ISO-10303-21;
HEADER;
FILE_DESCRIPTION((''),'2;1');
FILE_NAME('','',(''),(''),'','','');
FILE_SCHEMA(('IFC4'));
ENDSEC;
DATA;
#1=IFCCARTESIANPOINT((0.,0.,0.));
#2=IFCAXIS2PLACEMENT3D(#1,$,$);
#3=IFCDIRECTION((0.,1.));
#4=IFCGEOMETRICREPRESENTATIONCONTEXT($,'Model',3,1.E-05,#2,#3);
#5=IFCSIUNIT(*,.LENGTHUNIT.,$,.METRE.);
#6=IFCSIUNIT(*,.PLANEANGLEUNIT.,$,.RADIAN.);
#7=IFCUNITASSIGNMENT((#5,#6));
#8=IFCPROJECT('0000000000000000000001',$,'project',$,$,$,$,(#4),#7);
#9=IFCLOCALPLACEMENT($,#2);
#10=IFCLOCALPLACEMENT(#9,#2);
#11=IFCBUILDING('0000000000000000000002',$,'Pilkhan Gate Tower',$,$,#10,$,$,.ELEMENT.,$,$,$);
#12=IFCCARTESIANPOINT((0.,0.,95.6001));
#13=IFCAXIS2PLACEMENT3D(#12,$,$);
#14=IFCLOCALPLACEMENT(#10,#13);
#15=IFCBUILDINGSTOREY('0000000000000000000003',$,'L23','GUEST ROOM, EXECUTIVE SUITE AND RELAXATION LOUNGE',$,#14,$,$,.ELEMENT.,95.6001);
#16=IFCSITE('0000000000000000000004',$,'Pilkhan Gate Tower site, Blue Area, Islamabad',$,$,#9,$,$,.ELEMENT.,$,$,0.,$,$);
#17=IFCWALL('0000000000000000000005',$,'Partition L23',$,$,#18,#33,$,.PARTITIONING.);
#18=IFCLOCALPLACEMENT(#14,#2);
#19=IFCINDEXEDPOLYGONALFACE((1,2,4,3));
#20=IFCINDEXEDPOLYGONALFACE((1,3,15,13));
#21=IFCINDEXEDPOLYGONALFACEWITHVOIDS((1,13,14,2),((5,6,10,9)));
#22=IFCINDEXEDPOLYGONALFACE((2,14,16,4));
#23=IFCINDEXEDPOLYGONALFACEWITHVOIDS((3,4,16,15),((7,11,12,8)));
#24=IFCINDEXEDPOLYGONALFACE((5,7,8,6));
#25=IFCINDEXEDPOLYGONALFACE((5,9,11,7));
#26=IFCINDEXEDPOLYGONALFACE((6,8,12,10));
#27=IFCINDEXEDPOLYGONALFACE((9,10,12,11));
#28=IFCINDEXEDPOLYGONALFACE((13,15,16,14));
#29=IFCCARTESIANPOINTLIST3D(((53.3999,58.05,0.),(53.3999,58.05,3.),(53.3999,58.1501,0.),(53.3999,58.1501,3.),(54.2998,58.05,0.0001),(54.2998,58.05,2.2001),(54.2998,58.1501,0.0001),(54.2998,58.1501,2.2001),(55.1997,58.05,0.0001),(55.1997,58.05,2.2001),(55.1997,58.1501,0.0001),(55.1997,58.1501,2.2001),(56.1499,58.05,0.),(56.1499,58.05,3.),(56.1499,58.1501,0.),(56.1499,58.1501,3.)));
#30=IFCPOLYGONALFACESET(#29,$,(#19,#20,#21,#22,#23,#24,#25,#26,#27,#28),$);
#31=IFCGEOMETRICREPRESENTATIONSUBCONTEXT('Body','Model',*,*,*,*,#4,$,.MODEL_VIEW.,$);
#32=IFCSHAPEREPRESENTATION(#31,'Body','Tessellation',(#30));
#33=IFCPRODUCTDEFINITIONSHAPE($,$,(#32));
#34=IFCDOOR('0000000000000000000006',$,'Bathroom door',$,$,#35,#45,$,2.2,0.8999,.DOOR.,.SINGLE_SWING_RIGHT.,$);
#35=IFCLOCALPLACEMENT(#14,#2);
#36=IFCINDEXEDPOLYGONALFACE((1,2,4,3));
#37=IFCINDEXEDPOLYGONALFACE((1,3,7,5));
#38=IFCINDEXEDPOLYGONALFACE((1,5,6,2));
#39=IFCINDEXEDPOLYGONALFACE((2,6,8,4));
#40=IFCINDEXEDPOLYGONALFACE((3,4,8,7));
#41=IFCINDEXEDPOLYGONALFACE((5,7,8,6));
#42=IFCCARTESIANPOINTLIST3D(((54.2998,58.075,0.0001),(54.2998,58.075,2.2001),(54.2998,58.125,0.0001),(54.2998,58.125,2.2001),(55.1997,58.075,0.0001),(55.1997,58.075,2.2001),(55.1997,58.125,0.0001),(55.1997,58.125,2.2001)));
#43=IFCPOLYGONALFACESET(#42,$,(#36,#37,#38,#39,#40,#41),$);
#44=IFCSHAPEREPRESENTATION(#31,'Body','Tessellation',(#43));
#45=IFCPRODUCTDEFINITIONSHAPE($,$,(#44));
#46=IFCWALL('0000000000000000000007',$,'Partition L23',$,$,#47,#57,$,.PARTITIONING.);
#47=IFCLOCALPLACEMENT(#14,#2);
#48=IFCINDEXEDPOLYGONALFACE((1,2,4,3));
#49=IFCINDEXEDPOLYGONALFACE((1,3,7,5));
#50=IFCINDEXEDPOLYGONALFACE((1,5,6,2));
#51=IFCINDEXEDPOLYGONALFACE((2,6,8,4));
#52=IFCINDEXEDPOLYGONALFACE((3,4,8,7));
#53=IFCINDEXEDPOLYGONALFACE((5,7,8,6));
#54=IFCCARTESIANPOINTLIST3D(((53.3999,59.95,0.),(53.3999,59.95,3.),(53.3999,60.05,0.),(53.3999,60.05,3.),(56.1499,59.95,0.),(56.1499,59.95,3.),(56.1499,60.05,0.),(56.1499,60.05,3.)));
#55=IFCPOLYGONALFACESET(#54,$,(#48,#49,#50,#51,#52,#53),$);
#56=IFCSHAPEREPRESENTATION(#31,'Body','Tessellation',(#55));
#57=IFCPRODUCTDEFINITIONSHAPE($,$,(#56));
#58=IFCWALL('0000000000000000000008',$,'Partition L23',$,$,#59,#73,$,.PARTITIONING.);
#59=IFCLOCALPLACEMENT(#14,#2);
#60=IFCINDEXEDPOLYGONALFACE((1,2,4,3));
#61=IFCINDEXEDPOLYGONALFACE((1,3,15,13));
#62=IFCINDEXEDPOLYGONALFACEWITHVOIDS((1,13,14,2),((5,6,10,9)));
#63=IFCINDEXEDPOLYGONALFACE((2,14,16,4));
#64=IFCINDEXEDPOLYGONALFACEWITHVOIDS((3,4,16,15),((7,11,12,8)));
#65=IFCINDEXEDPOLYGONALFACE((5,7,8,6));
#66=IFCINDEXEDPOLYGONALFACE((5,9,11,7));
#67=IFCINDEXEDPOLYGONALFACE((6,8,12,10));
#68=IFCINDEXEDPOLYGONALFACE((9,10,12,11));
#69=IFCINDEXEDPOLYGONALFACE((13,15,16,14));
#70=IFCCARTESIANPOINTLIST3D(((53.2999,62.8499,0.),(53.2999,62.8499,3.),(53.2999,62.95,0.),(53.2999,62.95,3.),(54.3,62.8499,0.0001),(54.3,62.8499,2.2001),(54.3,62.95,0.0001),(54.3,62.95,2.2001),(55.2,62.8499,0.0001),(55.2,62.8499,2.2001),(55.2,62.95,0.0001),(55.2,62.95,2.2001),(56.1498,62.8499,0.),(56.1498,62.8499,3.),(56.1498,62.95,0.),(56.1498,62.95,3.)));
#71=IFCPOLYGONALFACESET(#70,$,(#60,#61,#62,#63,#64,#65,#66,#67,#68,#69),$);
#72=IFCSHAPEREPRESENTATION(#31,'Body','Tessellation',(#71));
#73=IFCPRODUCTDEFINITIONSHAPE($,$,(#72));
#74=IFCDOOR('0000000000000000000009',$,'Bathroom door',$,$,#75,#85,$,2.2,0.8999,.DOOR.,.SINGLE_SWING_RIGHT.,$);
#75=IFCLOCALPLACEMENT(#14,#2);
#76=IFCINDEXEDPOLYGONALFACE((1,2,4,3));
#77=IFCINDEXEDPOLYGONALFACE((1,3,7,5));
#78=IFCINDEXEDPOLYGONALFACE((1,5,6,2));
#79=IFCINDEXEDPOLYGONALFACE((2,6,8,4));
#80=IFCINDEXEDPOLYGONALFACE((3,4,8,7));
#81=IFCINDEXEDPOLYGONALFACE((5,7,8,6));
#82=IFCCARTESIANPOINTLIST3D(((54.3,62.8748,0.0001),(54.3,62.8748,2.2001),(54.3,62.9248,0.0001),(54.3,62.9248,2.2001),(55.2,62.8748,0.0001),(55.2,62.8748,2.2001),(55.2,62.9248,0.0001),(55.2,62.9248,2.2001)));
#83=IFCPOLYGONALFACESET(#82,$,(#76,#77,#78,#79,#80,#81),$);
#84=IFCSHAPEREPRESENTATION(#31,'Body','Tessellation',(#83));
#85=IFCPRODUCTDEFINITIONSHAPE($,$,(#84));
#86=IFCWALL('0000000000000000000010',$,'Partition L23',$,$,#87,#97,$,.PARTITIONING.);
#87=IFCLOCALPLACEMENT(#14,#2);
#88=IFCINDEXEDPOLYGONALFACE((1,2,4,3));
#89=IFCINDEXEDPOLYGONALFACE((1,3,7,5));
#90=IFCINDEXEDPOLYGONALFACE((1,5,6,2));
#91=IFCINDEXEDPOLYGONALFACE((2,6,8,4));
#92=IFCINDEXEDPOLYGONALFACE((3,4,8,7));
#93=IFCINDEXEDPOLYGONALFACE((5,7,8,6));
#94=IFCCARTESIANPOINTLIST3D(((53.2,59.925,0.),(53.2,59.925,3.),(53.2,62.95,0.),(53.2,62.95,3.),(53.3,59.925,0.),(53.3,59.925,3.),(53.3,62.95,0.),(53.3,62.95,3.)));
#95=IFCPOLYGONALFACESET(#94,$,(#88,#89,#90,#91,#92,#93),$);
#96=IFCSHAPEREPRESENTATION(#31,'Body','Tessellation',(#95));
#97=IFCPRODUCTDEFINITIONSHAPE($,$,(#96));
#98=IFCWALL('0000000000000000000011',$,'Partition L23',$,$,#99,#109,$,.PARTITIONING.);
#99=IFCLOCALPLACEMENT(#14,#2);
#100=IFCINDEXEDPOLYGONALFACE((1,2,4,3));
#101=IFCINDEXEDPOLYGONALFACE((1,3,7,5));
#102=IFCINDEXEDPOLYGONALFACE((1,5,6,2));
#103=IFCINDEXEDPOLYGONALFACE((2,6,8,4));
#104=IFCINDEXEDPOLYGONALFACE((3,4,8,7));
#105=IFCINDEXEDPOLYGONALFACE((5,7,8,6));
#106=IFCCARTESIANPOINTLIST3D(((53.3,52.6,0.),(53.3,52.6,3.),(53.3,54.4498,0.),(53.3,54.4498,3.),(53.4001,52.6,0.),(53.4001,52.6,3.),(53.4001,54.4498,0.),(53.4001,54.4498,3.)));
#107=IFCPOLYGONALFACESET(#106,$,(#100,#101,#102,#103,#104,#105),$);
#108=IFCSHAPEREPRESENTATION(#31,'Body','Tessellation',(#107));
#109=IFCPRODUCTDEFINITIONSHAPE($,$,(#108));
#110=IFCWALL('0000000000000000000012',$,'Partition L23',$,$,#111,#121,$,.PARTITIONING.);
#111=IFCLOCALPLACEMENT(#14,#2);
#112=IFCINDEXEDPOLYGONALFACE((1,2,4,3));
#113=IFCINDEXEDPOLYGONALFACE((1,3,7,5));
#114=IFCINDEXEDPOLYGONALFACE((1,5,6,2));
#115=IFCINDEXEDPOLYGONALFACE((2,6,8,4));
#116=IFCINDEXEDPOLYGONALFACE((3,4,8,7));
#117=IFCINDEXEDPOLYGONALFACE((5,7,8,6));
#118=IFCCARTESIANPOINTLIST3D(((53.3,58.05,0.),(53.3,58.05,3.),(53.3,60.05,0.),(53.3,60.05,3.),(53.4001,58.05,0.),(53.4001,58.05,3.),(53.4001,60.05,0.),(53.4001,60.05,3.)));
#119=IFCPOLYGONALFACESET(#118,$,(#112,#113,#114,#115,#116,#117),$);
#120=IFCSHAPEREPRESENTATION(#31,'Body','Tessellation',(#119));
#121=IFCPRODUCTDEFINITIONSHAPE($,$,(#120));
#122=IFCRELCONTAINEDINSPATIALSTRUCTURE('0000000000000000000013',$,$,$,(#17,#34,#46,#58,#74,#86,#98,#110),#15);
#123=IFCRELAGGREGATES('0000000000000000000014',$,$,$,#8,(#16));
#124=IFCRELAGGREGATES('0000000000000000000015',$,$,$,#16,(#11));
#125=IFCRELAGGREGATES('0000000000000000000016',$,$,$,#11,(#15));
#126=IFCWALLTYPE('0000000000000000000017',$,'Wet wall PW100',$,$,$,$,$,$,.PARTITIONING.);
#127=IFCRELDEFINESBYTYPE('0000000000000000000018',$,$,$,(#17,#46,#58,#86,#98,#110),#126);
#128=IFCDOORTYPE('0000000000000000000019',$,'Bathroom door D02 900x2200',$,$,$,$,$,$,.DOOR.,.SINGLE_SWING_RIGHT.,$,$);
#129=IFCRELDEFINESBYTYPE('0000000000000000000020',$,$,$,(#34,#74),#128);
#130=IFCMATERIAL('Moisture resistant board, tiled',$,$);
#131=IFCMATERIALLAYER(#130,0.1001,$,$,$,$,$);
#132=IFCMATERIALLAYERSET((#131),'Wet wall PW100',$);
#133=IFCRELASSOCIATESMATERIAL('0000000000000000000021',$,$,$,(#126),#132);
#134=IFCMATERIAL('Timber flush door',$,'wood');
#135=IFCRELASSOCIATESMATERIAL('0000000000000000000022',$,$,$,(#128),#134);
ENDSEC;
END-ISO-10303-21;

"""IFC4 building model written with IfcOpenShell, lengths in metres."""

from ifc_helpers import new_model, si_unit, direction, frame, frame_2d, origin, place, context, subcontext, project, spatial, rectangle, extrude, material, layer, layer_set, type_object, element, fill, save


model = new_model("IFC4")

# Units and contexts
model_context = context("Model", 3, precision=1e-05, world=origin(), true_north=direction((0.0, 1.0)))
body_context = subcontext(model_context, "Body", "Model", "MODEL_VIEW")
ifc_project = project(units=[si_unit("LENGTHUNIT", "METRE"), si_unit("PLANEANGLEUNIT", "RADIAN")], contexts=[model_context])

# Site, building, storey
site_placement = place(None, origin())
site = spatial("IfcSite", under=ifc_project, at=site_placement, Name="Pilkhan Gate Tower site, Blue Area, Islamabad", CompositionType="ELEMENT", RefElevation=0.0)
building_placement = place(site_placement, origin())
building = spatial("IfcBuilding", under=site, at=building_placement, Name="Pilkhan Gate Tower", CompositionType="ELEMENT")
storey_placement = place(building_placement, frame((0.0, 0.0, 95.6001)))
storey = spatial("IfcBuildingStorey", under=building, at=storey_placement, Name="L23", Description="GUEST ROOM, EXECUTIVE SUITE AND RELAXATION LOUNGE", CompositionType="ELEMENT", Elevation=95.6001)

# Wall, opening, door
ifc_material_1 = material(Name="Moisture resistant board, tiled")
ifc_layer_1 = layer(ifc_material_1, 0.1001)
ifc_layer_set_1 = layer_set([ifc_layer_1], Name="Wet wall PW100")
wall_type_1 = type_object("IfcWallType", Name="Wet wall PW100", PredefinedType="PARTITIONING", material=ifc_layer_set_1)
ifc_material_2 = material(Name="Timber flush door", Category="wood")
door_type = type_object("IfcDoorType", Name="Bathroom door D02 900x2200", OperationType="SINGLE_SWING_RIGHT", PredefinedType="DOOR", material=ifc_material_2)
wall_1_placement = place(storey_placement, frame((53.3999, 58.1001, 0.0), z_axis=(0.0, 0.0, 1.0), x_axis=(1.0, 0.0, 0.0)))
wall_1 = element("IfcWall", 1, at=wall_1_placement, inside=storey, type_object=wall_type_1, Name="Partition L23", PredefinedType="PARTITIONING", context=body_context, shape_type="SweptSolid", body=[
    extrude(rectangle(XDim=2.75, YDim=0.1001, at=frame_2d((1.375, 0.0))), origin(), (0.0, 0.0, 1.0), 3.0),
])
opening_1_placement = place(wall_1_placement, frame((0.8999, 0.0, 0.0)))
opening_1 = element("IfcOpeningElement", 2, at=opening_1_placement, cuts=wall_1, PredefinedType="OPENING", context=body_context, shape_type="SweptSolid", body=[
    extrude(rectangle(XDim=0.8999, YDim=2.2, at=frame_2d((0.45, 1.1001))), frame((0.0, 0.0601, 0.0), z_axis=(0.0, -1.0, 0.0), x_axis=(1.0, 0.0, 0.0)), (0.0, 0.0, 1.0), 0.1201),
])
door_1_placement = place(opening_1_placement, origin())
door_1 = element("IfcDoor", 3, at=door_1_placement, inside=storey, type_object=door_type, Name="Bathroom door", OperationType="SINGLE_SWING_RIGHT", OverallHeight=2.2, OverallWidth=0.8999, PredefinedType="DOOR", context=body_context, shape_type="SweptSolid", body=[
    extrude(rectangle(XDim=0.8999, YDim=2.2, at=frame_2d((0.45, 1.1001))), frame((0.0, 0.0249, 0.0), z_axis=(0.0, -1.0, 0.0), x_axis=(1.0, 0.0, 0.0)), (0.0, 0.0, 1.0), 0.05),
])
fill(opening_1, door_1)

# Wall
wall_2_placement = place(storey_placement, frame((53.3999, 60.0, 0.0), z_axis=(0.0, 0.0, 1.0), x_axis=(1.0, 0.0, 0.0)))
element("IfcWall", 4, at=wall_2_placement, inside=storey, type_object=wall_type_1, Name="Partition L23", PredefinedType="PARTITIONING", context=body_context, shape_type="SweptSolid", body=[
    extrude(rectangle(XDim=2.75, YDim=0.1001, at=frame_2d((1.375, 0.0))), origin(), (0.0, 0.0, 1.0), 3.0),
])

# Wall, opening, door
wall_3_placement = place(storey_placement, frame((53.3, 62.8999, 0.0), z_axis=(0.0, 0.0, 1.0), x_axis=(1.0, 0.0, 0.0)))
wall_3 = element("IfcWall", 5, at=wall_3_placement, inside=storey, type_object=wall_type_1, Name="Partition L23", PredefinedType="PARTITIONING", context=body_context, shape_type="SweptSolid", body=[
    extrude(rectangle(XDim=2.8499, YDim=0.1001, at=frame_2d((1.4248, 0.0))), origin(), (0.0, 0.0, 1.0), 3.0),
])
opening_2_placement = place(wall_3_placement, frame((1.0, 0.0, 0.0)))
opening_2 = element("IfcOpeningElement", 6, at=opening_2_placement, cuts=wall_3, PredefinedType="OPENING", context=body_context, shape_type="SweptSolid", body=[
    extrude(rectangle(XDim=0.8999, YDim=2.2, at=frame_2d((0.45, 1.1001))), frame((0.0, 0.0601, 0.0), z_axis=(0.0, -1.0, 0.0), x_axis=(1.0, 0.0, 0.0)), (0.0, 0.0, 1.0), 0.1201),
])
door_2_placement = place(opening_2_placement, origin())
door_2 = element("IfcDoor", 7, at=door_2_placement, inside=storey, type_object=door_type, Name="Bathroom door", OperationType="SINGLE_SWING_RIGHT", OverallHeight=2.2, OverallWidth=0.8999, PredefinedType="DOOR", context=body_context, shape_type="SweptSolid", body=[
    extrude(rectangle(XDim=0.8999, YDim=2.2, at=frame_2d((0.45, 1.1001))), frame((0.0, 0.0249, 0.0), z_axis=(0.0, -1.0, 0.0), x_axis=(1.0, 0.0, 0.0)), (0.0, 0.0, 1.0), 0.05),
])
fill(opening_2, door_2)

# Walls
wall_4_placement = place(storey_placement, frame((53.25, 59.925, 0.0), z_axis=(0.0, 0.0, 1.0), x_axis=(0.0, 1.0, 0.0)))
element("IfcWall", 8, at=wall_4_placement, inside=storey, type_object=wall_type_1, Name="Partition L23", PredefinedType="PARTITIONING", context=body_context, shape_type="SweptSolid", body=[
    extrude(rectangle(XDim=3.0249, YDim=0.1001, at=frame_2d((1.5125, 0.0))), origin(), (0.0, 0.0, 1.0), 3.0),
])
wall_5_placement = place(storey_placement, frame((53.3501, 52.6001, 0.0), z_axis=(0.0, 0.0, 1.0), x_axis=(0.0, 1.0, 0.0)))
element("IfcWall", 9, at=wall_5_placement, inside=storey, type_object=wall_type_1, Name="Partition L23", PredefinedType="PARTITIONING", context=body_context, shape_type="SweptSolid", body=[
    extrude(rectangle(XDim=1.8499, YDim=0.1001, at=frame_2d((0.9248, 0.0))), origin(), (0.0, 0.0, 1.0), 3.0),
])
wall_6_placement = place(storey_placement, frame((53.3501, 58.05, 0.0), z_axis=(0.0, 0.0, 1.0), x_axis=(0.0, 1.0, 0.0)))
element("IfcWall", 10, at=wall_6_placement, inside=storey, type_object=wall_type_1, Name="Partition L23", PredefinedType="PARTITIONING", context=body_context, shape_type="SweptSolid", body=[
    extrude(rectangle(XDim=2.0, YDim=0.1001, at=frame_2d((1.0, 0.0))), origin(), (0.0, 0.0, 1.0), 3.0),
])

save(model, "model.ifc")
